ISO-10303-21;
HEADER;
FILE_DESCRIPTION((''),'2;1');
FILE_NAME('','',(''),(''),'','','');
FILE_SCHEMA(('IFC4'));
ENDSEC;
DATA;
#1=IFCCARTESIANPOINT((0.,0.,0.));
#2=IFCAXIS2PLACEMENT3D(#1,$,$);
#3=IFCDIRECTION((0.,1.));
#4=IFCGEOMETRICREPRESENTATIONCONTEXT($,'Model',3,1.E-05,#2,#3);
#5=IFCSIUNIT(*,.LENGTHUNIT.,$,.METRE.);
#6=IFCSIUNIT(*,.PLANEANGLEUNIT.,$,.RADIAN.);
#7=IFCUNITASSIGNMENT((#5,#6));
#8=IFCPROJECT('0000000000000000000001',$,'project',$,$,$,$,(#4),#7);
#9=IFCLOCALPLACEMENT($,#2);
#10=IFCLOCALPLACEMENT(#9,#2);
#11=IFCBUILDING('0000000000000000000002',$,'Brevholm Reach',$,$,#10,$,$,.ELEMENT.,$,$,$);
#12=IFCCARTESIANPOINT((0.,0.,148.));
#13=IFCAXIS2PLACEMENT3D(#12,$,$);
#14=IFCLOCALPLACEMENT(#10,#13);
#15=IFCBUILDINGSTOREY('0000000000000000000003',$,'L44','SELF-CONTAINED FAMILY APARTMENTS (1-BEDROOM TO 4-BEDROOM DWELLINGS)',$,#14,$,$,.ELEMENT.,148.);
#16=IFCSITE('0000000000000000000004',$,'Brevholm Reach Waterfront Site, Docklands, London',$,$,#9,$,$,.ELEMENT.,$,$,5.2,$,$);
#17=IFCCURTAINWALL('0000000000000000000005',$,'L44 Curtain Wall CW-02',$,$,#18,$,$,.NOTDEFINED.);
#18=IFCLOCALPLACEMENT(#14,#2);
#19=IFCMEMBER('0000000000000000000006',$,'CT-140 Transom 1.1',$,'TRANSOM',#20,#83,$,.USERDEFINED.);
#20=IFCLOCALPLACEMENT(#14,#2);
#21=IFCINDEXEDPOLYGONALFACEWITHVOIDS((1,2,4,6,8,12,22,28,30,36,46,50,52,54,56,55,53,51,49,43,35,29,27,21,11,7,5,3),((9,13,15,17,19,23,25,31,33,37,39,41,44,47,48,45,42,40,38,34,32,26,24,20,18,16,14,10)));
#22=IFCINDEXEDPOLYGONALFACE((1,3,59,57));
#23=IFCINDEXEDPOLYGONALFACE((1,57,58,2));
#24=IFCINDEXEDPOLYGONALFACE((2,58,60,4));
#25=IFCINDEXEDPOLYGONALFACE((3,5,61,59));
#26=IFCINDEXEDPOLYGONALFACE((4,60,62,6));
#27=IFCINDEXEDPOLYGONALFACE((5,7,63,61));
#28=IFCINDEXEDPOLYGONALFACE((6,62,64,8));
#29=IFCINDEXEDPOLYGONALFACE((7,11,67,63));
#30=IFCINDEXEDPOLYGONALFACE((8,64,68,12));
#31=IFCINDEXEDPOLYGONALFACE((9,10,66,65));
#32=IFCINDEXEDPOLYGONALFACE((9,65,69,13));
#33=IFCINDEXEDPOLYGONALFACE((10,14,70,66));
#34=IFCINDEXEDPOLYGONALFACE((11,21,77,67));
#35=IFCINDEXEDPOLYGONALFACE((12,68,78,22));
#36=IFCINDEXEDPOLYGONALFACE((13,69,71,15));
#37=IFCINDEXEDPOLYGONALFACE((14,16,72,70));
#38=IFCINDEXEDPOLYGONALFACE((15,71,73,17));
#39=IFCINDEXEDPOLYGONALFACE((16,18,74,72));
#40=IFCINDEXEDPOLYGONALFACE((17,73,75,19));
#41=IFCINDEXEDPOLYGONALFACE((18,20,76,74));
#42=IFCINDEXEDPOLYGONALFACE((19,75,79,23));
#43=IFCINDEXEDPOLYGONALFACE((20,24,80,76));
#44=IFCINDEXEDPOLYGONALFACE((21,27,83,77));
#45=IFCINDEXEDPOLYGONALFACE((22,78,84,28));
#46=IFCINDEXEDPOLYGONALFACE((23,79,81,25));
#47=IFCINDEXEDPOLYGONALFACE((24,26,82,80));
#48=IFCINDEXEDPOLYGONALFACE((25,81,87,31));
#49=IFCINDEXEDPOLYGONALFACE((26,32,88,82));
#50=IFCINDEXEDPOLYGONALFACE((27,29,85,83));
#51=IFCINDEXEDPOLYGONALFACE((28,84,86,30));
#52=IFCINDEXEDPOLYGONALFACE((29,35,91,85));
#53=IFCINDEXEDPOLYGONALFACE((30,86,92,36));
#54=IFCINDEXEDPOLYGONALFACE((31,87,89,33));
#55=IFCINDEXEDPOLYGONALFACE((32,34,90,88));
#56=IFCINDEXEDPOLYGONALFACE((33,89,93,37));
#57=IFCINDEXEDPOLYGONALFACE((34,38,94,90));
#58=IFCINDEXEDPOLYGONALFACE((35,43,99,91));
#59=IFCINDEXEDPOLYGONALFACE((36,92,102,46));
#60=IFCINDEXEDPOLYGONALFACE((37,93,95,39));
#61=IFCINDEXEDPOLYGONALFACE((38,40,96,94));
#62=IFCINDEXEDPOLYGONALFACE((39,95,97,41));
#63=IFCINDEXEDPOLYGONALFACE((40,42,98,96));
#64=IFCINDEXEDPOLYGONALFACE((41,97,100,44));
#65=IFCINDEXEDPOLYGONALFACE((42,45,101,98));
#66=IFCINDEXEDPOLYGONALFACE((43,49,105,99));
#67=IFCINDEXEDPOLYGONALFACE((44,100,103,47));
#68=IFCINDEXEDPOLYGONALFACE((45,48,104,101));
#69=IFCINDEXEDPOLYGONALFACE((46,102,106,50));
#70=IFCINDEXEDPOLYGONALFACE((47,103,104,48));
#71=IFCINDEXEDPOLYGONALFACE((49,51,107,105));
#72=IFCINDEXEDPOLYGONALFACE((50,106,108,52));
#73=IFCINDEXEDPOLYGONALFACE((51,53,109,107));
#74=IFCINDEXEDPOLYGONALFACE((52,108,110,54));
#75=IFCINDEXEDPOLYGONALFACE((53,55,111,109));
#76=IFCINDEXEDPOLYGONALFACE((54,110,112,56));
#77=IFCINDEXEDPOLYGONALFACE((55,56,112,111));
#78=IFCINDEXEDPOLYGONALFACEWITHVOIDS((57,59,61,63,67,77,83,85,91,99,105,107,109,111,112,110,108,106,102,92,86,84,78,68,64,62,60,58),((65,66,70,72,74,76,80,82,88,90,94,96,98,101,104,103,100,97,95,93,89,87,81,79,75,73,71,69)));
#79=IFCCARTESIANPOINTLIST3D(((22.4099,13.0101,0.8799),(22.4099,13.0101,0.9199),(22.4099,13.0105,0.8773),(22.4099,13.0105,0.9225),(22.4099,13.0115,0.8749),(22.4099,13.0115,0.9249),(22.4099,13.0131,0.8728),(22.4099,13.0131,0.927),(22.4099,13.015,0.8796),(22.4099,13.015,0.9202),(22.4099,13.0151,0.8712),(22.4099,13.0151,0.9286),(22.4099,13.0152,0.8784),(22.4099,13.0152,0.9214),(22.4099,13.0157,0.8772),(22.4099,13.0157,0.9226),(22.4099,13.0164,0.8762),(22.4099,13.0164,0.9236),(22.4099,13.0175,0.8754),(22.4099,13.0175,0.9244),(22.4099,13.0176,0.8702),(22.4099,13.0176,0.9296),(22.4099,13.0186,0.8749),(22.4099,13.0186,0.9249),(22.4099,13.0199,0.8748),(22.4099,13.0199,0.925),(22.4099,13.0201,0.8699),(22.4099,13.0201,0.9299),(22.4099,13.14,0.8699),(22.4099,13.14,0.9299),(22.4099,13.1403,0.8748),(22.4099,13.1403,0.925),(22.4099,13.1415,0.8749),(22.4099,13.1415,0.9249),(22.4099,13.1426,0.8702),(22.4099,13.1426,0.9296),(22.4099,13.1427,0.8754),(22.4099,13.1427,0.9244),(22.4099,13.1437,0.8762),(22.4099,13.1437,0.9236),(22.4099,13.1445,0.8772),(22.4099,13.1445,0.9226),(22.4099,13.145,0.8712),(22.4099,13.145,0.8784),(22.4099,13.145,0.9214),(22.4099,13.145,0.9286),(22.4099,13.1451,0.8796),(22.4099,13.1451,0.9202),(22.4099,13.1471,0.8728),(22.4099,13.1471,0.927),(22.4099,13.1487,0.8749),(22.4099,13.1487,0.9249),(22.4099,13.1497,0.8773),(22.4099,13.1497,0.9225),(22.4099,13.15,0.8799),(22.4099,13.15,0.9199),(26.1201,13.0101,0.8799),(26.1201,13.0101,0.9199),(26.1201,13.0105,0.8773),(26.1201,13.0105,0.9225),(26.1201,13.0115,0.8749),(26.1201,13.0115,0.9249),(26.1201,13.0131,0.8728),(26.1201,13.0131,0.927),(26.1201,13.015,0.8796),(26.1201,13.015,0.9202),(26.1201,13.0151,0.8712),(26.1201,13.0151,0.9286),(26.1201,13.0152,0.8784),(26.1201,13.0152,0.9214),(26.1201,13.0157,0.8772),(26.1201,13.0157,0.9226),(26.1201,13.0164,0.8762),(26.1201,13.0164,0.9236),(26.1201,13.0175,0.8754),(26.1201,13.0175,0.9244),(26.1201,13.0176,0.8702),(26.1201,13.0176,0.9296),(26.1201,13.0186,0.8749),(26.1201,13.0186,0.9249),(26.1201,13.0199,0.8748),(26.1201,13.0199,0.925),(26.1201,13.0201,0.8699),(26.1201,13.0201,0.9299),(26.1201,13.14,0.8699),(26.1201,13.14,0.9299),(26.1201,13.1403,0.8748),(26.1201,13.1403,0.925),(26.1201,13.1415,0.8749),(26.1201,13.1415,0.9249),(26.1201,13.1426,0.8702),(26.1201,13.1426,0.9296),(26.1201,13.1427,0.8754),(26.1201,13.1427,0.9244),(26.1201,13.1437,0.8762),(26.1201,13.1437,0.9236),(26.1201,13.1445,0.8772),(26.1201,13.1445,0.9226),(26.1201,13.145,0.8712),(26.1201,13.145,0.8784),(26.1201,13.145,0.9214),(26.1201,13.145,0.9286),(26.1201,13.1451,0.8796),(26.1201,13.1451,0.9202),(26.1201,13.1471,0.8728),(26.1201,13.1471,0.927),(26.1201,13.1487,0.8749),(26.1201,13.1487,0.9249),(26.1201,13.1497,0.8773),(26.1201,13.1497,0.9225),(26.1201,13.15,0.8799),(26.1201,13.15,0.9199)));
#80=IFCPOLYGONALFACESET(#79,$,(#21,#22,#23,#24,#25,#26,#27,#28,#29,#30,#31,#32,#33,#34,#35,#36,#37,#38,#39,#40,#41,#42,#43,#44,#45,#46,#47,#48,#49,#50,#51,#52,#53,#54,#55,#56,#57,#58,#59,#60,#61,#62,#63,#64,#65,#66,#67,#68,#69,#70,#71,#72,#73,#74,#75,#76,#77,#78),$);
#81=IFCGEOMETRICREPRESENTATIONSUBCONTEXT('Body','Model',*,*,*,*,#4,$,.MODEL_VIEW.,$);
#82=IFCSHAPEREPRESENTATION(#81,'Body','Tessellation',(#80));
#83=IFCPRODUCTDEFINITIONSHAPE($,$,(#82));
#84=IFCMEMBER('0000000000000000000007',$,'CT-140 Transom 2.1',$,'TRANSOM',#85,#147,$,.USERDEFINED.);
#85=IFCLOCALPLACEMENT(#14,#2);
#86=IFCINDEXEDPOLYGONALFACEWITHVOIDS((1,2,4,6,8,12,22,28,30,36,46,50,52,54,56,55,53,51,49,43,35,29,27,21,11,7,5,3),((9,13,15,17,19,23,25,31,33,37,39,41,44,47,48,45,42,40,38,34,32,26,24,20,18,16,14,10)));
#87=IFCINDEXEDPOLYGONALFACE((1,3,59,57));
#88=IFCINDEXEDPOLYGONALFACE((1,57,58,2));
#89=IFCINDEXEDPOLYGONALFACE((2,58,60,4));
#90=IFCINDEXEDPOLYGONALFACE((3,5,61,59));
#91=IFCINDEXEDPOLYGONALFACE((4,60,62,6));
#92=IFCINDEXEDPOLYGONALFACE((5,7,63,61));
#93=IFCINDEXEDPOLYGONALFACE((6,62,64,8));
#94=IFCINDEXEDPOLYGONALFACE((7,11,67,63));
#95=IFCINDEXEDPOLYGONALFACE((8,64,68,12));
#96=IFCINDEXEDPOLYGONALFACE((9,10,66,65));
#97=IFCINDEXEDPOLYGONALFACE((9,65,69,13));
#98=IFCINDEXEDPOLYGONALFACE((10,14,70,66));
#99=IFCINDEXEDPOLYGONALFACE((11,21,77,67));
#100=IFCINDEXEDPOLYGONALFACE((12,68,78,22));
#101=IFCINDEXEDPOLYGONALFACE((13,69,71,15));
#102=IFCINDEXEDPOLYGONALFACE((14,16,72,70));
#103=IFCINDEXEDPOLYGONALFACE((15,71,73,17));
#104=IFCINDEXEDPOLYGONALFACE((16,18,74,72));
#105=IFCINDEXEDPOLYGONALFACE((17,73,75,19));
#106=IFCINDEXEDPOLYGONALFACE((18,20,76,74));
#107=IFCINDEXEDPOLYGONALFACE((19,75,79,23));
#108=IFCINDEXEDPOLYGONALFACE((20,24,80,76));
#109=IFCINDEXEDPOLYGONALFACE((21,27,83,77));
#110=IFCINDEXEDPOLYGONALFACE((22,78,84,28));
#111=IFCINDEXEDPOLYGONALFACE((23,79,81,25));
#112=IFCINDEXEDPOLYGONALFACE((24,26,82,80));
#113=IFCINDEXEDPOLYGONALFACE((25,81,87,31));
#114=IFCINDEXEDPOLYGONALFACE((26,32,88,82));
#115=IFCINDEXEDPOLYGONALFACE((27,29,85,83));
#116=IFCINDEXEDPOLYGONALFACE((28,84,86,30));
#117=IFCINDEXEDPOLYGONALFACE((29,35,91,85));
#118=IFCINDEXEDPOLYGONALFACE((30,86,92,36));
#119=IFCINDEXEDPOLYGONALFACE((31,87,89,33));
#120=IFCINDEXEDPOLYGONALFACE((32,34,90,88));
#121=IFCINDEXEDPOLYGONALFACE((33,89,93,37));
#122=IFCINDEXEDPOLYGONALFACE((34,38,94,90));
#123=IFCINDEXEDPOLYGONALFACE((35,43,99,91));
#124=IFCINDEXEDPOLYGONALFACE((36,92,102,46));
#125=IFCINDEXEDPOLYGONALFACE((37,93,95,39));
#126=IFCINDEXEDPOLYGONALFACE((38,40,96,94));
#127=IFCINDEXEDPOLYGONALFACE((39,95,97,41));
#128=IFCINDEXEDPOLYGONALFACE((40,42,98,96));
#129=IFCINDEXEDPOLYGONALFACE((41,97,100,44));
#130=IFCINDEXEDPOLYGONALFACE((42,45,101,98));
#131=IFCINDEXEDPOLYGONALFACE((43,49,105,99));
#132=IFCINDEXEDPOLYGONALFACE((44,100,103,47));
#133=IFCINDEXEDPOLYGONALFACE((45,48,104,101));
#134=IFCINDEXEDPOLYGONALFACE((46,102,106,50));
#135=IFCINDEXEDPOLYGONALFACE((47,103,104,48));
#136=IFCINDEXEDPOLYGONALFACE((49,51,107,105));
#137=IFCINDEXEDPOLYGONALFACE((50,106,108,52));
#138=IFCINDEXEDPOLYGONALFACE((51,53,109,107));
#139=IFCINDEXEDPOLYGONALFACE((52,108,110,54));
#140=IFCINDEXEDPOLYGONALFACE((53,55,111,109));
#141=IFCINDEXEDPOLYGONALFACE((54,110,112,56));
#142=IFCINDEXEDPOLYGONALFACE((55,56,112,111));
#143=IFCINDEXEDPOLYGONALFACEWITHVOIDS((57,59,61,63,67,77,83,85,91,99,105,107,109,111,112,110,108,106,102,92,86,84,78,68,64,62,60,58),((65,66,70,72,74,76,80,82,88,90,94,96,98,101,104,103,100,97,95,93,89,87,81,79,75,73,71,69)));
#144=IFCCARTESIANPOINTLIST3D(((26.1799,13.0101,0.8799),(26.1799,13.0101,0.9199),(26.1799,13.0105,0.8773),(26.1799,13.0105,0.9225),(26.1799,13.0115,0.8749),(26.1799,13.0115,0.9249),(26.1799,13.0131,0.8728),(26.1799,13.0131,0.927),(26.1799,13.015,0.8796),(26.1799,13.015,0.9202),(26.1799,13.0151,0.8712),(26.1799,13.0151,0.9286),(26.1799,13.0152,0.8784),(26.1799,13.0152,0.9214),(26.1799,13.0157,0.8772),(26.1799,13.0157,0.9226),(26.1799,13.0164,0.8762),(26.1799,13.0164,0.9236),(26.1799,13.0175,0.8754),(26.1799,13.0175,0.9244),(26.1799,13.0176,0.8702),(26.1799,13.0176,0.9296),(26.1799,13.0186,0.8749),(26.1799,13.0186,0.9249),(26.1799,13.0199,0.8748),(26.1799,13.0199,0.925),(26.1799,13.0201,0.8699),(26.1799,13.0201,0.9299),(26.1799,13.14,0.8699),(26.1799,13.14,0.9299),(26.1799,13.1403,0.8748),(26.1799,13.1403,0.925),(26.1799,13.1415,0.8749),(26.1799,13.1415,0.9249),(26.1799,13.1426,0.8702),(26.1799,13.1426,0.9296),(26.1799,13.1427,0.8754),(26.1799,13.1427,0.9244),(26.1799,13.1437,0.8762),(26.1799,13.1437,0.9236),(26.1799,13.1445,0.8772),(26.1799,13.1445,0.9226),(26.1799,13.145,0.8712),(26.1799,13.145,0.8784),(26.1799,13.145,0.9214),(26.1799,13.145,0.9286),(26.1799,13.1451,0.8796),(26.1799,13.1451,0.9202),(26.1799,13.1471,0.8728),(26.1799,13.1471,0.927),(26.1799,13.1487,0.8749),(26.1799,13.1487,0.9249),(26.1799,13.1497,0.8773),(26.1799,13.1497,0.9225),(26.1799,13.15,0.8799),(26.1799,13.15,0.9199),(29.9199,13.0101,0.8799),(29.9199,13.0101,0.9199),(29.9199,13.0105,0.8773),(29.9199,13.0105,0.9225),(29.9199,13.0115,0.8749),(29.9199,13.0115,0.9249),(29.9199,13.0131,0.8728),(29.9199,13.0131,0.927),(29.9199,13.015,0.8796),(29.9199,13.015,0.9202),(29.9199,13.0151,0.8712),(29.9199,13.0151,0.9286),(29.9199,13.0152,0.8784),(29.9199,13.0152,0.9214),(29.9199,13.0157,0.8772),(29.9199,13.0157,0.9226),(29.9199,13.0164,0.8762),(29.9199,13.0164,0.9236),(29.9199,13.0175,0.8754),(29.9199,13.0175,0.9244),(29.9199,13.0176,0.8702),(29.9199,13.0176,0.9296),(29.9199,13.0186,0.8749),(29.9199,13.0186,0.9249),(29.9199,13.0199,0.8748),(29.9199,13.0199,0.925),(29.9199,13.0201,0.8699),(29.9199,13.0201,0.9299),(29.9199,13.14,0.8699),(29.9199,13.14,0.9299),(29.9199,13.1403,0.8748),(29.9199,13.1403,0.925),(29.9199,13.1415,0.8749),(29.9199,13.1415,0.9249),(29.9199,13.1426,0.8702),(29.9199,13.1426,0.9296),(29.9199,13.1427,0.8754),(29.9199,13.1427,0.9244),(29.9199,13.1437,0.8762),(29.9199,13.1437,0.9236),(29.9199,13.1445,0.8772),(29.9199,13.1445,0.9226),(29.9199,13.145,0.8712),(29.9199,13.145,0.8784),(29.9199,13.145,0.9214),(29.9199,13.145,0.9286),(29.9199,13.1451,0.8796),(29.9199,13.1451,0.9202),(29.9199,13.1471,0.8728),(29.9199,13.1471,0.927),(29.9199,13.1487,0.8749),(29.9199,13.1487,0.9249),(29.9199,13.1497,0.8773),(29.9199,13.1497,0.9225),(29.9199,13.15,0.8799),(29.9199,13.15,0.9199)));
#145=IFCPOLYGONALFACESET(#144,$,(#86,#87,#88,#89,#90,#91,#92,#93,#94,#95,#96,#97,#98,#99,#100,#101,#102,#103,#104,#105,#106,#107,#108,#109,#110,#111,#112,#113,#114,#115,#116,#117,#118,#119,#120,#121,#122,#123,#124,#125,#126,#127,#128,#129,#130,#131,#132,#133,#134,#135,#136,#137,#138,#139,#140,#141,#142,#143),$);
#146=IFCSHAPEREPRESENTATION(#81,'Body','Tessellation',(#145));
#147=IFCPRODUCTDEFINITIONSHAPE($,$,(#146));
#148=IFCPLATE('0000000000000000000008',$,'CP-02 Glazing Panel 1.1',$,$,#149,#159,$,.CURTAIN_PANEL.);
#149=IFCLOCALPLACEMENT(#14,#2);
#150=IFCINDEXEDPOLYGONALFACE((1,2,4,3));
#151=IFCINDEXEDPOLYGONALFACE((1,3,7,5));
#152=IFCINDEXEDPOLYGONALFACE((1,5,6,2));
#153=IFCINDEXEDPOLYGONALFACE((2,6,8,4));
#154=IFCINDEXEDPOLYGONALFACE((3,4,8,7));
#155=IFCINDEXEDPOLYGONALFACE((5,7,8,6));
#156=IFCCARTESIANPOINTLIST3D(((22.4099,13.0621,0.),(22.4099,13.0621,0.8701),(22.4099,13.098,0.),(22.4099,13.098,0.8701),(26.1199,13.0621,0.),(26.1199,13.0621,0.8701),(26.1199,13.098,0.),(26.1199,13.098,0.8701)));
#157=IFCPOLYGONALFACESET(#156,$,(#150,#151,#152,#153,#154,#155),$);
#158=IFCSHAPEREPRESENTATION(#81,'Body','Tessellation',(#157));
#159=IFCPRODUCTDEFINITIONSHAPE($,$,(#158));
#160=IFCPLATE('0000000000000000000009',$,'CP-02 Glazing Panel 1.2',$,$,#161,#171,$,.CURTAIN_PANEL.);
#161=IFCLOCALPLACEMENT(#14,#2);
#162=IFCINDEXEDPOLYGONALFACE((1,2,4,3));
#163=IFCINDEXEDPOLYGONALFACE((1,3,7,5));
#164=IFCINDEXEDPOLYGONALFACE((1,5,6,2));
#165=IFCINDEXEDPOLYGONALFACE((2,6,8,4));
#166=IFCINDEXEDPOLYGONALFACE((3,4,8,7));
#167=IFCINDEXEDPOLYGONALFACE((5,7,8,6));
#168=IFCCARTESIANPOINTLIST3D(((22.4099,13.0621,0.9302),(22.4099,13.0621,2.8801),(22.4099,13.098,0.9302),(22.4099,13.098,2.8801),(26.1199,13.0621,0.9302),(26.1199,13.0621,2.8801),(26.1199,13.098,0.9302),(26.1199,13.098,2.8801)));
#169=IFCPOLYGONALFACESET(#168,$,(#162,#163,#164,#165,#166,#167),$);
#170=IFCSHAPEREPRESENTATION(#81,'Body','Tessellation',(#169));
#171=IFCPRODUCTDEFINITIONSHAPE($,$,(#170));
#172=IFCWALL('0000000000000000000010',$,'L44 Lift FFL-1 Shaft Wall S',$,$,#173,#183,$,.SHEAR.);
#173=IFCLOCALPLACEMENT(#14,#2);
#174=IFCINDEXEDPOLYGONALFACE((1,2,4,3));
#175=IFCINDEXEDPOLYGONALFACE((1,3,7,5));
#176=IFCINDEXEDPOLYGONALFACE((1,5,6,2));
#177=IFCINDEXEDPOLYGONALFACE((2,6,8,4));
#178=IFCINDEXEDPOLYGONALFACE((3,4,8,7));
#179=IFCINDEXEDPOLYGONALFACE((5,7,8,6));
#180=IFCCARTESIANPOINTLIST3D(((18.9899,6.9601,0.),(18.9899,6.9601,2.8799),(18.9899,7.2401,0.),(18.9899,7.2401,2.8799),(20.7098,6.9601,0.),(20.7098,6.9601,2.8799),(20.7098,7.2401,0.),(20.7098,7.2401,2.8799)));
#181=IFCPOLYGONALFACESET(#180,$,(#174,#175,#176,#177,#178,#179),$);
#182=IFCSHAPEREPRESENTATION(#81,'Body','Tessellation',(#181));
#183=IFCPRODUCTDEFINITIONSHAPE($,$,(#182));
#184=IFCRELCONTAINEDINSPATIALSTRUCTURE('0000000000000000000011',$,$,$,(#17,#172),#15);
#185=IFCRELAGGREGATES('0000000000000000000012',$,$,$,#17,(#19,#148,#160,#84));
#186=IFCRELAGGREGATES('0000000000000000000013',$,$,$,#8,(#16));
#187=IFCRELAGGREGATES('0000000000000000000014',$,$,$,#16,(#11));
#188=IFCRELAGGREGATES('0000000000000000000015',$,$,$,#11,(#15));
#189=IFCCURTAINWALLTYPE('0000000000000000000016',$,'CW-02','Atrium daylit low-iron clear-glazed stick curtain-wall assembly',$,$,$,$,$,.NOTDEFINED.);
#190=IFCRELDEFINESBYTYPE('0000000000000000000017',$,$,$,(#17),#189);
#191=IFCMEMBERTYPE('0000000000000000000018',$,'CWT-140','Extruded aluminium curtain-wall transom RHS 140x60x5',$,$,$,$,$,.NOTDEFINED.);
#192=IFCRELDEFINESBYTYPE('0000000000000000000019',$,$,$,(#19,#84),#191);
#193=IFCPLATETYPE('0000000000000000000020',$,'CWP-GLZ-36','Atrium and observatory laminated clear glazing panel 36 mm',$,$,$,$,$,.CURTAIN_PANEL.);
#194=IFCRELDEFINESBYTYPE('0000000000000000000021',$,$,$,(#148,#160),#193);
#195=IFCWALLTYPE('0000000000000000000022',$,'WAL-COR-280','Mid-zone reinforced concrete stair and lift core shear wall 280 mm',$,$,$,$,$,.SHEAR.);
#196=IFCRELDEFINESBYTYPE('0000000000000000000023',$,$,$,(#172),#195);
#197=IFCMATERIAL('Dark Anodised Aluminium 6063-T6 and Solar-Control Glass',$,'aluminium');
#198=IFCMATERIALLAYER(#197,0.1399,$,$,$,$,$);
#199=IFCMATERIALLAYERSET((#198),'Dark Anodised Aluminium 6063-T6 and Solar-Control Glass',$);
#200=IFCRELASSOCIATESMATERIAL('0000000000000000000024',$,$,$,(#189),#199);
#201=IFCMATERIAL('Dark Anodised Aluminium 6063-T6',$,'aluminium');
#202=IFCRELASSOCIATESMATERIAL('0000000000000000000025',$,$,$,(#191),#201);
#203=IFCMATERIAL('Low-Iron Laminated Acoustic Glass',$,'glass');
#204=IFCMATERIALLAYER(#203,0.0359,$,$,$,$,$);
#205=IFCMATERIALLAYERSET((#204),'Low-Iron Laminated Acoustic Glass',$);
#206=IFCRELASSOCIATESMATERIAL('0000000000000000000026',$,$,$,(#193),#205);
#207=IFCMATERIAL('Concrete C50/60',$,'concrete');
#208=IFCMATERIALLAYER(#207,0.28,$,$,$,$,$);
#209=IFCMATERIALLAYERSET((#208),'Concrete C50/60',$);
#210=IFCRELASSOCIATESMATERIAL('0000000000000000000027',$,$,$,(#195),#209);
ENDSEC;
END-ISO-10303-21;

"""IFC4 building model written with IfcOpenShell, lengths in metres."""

from ifc_helpers import new_model, si_unit, direction, frame, frame_2d, origin, origin_2d, place, context, subcontext, project, spatial, rectangle, hollow_rectangle, extrude, material, layer, layer_set, material_profile, profile_set, type_object, element, aggregate, save


model = new_model("IFC4")

# Units and contexts
model_context = context("Model", 3, precision=1e-05, world=origin(), true_north=direction((0.0, 1.0)))
body_context = subcontext(model_context, "Body", "Model", "MODEL_VIEW")
ifc_project = project(units=[si_unit("LENGTHUNIT", "METRE"), si_unit("PLANEANGLEUNIT", "RADIAN")], contexts=[model_context])

# Site, building, storey
site_placement = place(None, origin())
site = spatial("IfcSite", under=ifc_project, at=site_placement, Name="Brevholm Reach Waterfront Site, Docklands, London", CompositionType="ELEMENT", RefElevation=5.2)
building_placement = place(site_placement, origin())
building = spatial("IfcBuilding", under=site, at=building_placement, Name="Brevholm Reach", CompositionType="ELEMENT")
storey_placement = place(building_placement, frame((0.0, 0.0, 148.0)))
storey = spatial("IfcBuildingStorey", under=building, at=storey_placement, Name="L44", Description="SELF-CONTAINED FAMILY APARTMENTS (1-BEDROOM TO 4-BEDROOM DWELLINGS)", CompositionType="ELEMENT", Elevation=148.0)

# Curtain wall, members, plates
ifc_material_1 = material(Name="Dark Anodised Aluminium 6063-T6 and Solar-Control Glass", Category="aluminium")
ifc_layer_1 = layer(ifc_material_1, 0.1399)
ifc_layer_set_1 = layer_set([ifc_layer_1], Name="Dark Anodised Aluminium 6063-T6 and Solar-Control Glass")
curtain_wall_type = type_object("IfcCurtainWallType", Name="CW-02", Description="Atrium daylit low-iron clear-glazed stick curtain-wall assembly", PredefinedType="NOTDEFINED", material=ifc_layer_set_1)
curtain_wall_placement = place(storey_placement, origin())
curtain_wall = element("IfcCurtainWall", 1, at=curtain_wall_placement, inside=storey, type_object=curtain_wall_type, Name="L44 Curtain Wall CW-02", PredefinedType="NOTDEFINED")
ifc_material_2 = material(Name="Dark Anodised Aluminium 6063-T6", Category="aluminium")
ifc_material_profile_1 = material_profile(ifc_material_2, hollow_rectangle(XDim=0.0601, YDim=0.1399, WallThickness=0.0049, InnerFilletRadius=0.0049, OuterFilletRadius=0.01, at=origin_2d()), Name="RHS 140x60x5")
ifc_profile_set_1 = profile_set([ifc_material_profile_1], Name="Dark Anodised Aluminium 6063-T6")
member_type_1 = type_object("IfcMemberType", Name="CWT-140", Description="Extruded aluminium curtain-wall transom RHS 140x60x5", PredefinedType="NOTDEFINED", material=ifc_profile_set_1)
member_1_placement = place(storey_placement, frame((22.4099, 13.0801, 0.8999), z_axis=(1.0, 0.0, 0.0), x_axis=(0.0, 0.0, 1.0)))
member_1 = element("IfcMember", 2, at=member_1_placement, type_object=member_type_1, Name="CT-140 Transom 1.1", ObjectType="TRANSOM", PredefinedType="USERDEFINED", context=body_context, shape_type="SweptSolid", body=[
    extrude(hollow_rectangle(XDim=0.0601, YDim=0.1399, WallThickness=0.0049, InnerFilletRadius=0.0049, OuterFilletRadius=0.01, at=origin_2d()), origin(), (0.0, 0.0, 1.0), 3.7102),
])
member_2_placement = place(storey_placement, frame((26.1799, 13.0801, 0.8999), z_axis=(1.0, 0.0, 0.0), x_axis=(0.0, 0.0, 1.0)))
member_2 = element("IfcMember", 3, at=member_2_placement, type_object=member_type_1, Name="CT-140 Transom 2.1", ObjectType="TRANSOM", PredefinedType="USERDEFINED", context=body_context, shape_type="SweptSolid", body=[
    extrude(hollow_rectangle(XDim=0.0601, YDim=0.1399, WallThickness=0.0049, InnerFilletRadius=0.0049, OuterFilletRadius=0.01, at=origin_2d()), origin(), (0.0, 0.0, 1.0), 3.74),
])
ifc_material_3 = material(Name="Low-Iron Laminated Acoustic Glass", Category="glass")
ifc_layer_2 = layer(ifc_material_3, 0.0359)
ifc_layer_set_2 = layer_set([ifc_layer_2], Name="Low-Iron Laminated Acoustic Glass")
plate_type = type_object("IfcPlateType", Name="CWP-GLZ-36", Description="Atrium and observatory laminated clear glazing panel 36 mm", PredefinedType="CURTAIN_PANEL", material=ifc_layer_set_2)
plate_1_placement = place(storey_placement, frame((24.2649, 13.0801, 0.0), z_axis=(0.0, 0.0, 1.0), x_axis=(1.0, 0.0, 0.0)))
plate_1 = element("IfcPlate", 4, at=plate_1_placement, type_object=plate_type, Name="CP-02 Glazing Panel 1.1", PredefinedType="CURTAIN_PANEL", context=body_context, shape_type="SweptSolid", body=[
    extrude(rectangle(XDim=3.71, YDim=0.0359, at=origin_2d()), origin(), (0.0, 0.0, 1.0), 0.8701),
])
plate_2_placement = place(storey_placement, frame((24.2649, 13.0801, 0.9302), z_axis=(0.0, 0.0, 1.0), x_axis=(1.0, 0.0, 0.0)))
plate_2 = element("IfcPlate", 5, at=plate_2_placement, type_object=plate_type, Name="CP-02 Glazing Panel 1.2", PredefinedType="CURTAIN_PANEL", context=body_context, shape_type="SweptSolid", body=[
    extrude(rectangle(XDim=3.71, YDim=0.0359, at=origin_2d()), origin(), (0.0, 0.0, 1.0), 1.95),
])
aggregate(curtain_wall, [member_1, plate_1, plate_2, member_2])

# Wall
ifc_material_4 = material(Name="Concrete C50/60", Category="concrete")
ifc_layer_3 = layer(ifc_material_4, 0.28)
ifc_layer_set_3 = layer_set([ifc_layer_3], Name="Concrete C50/60")
wall_type_1 = type_object("IfcWallType", Name="WAL-COR-280", Description="Mid-zone reinforced concrete stair and lift core shear wall 280 mm", PredefinedType="SHEAR", material=ifc_layer_set_3)
wall_1_placement = place(storey_placement, frame((18.99, 7.1001, 0.0), z_axis=(0.0, 0.0, 1.0), x_axis=(1.0, 0.0, 0.0)))
element("IfcWall", 6, at=wall_1_placement, inside=storey, type_object=wall_type_1, Name="L44 Lift FFL-1 Shaft Wall S", PredefinedType="SHEAR", context=body_context, shape_type="SweptSolid", body=[
    extrude(rectangle(XDim=1.72, YDim=0.28, at=frame_2d((0.8599, 0.0))), origin(), (0.0, 0.0, 1.0), 2.8799),
])

save(model, "model.ifc")
